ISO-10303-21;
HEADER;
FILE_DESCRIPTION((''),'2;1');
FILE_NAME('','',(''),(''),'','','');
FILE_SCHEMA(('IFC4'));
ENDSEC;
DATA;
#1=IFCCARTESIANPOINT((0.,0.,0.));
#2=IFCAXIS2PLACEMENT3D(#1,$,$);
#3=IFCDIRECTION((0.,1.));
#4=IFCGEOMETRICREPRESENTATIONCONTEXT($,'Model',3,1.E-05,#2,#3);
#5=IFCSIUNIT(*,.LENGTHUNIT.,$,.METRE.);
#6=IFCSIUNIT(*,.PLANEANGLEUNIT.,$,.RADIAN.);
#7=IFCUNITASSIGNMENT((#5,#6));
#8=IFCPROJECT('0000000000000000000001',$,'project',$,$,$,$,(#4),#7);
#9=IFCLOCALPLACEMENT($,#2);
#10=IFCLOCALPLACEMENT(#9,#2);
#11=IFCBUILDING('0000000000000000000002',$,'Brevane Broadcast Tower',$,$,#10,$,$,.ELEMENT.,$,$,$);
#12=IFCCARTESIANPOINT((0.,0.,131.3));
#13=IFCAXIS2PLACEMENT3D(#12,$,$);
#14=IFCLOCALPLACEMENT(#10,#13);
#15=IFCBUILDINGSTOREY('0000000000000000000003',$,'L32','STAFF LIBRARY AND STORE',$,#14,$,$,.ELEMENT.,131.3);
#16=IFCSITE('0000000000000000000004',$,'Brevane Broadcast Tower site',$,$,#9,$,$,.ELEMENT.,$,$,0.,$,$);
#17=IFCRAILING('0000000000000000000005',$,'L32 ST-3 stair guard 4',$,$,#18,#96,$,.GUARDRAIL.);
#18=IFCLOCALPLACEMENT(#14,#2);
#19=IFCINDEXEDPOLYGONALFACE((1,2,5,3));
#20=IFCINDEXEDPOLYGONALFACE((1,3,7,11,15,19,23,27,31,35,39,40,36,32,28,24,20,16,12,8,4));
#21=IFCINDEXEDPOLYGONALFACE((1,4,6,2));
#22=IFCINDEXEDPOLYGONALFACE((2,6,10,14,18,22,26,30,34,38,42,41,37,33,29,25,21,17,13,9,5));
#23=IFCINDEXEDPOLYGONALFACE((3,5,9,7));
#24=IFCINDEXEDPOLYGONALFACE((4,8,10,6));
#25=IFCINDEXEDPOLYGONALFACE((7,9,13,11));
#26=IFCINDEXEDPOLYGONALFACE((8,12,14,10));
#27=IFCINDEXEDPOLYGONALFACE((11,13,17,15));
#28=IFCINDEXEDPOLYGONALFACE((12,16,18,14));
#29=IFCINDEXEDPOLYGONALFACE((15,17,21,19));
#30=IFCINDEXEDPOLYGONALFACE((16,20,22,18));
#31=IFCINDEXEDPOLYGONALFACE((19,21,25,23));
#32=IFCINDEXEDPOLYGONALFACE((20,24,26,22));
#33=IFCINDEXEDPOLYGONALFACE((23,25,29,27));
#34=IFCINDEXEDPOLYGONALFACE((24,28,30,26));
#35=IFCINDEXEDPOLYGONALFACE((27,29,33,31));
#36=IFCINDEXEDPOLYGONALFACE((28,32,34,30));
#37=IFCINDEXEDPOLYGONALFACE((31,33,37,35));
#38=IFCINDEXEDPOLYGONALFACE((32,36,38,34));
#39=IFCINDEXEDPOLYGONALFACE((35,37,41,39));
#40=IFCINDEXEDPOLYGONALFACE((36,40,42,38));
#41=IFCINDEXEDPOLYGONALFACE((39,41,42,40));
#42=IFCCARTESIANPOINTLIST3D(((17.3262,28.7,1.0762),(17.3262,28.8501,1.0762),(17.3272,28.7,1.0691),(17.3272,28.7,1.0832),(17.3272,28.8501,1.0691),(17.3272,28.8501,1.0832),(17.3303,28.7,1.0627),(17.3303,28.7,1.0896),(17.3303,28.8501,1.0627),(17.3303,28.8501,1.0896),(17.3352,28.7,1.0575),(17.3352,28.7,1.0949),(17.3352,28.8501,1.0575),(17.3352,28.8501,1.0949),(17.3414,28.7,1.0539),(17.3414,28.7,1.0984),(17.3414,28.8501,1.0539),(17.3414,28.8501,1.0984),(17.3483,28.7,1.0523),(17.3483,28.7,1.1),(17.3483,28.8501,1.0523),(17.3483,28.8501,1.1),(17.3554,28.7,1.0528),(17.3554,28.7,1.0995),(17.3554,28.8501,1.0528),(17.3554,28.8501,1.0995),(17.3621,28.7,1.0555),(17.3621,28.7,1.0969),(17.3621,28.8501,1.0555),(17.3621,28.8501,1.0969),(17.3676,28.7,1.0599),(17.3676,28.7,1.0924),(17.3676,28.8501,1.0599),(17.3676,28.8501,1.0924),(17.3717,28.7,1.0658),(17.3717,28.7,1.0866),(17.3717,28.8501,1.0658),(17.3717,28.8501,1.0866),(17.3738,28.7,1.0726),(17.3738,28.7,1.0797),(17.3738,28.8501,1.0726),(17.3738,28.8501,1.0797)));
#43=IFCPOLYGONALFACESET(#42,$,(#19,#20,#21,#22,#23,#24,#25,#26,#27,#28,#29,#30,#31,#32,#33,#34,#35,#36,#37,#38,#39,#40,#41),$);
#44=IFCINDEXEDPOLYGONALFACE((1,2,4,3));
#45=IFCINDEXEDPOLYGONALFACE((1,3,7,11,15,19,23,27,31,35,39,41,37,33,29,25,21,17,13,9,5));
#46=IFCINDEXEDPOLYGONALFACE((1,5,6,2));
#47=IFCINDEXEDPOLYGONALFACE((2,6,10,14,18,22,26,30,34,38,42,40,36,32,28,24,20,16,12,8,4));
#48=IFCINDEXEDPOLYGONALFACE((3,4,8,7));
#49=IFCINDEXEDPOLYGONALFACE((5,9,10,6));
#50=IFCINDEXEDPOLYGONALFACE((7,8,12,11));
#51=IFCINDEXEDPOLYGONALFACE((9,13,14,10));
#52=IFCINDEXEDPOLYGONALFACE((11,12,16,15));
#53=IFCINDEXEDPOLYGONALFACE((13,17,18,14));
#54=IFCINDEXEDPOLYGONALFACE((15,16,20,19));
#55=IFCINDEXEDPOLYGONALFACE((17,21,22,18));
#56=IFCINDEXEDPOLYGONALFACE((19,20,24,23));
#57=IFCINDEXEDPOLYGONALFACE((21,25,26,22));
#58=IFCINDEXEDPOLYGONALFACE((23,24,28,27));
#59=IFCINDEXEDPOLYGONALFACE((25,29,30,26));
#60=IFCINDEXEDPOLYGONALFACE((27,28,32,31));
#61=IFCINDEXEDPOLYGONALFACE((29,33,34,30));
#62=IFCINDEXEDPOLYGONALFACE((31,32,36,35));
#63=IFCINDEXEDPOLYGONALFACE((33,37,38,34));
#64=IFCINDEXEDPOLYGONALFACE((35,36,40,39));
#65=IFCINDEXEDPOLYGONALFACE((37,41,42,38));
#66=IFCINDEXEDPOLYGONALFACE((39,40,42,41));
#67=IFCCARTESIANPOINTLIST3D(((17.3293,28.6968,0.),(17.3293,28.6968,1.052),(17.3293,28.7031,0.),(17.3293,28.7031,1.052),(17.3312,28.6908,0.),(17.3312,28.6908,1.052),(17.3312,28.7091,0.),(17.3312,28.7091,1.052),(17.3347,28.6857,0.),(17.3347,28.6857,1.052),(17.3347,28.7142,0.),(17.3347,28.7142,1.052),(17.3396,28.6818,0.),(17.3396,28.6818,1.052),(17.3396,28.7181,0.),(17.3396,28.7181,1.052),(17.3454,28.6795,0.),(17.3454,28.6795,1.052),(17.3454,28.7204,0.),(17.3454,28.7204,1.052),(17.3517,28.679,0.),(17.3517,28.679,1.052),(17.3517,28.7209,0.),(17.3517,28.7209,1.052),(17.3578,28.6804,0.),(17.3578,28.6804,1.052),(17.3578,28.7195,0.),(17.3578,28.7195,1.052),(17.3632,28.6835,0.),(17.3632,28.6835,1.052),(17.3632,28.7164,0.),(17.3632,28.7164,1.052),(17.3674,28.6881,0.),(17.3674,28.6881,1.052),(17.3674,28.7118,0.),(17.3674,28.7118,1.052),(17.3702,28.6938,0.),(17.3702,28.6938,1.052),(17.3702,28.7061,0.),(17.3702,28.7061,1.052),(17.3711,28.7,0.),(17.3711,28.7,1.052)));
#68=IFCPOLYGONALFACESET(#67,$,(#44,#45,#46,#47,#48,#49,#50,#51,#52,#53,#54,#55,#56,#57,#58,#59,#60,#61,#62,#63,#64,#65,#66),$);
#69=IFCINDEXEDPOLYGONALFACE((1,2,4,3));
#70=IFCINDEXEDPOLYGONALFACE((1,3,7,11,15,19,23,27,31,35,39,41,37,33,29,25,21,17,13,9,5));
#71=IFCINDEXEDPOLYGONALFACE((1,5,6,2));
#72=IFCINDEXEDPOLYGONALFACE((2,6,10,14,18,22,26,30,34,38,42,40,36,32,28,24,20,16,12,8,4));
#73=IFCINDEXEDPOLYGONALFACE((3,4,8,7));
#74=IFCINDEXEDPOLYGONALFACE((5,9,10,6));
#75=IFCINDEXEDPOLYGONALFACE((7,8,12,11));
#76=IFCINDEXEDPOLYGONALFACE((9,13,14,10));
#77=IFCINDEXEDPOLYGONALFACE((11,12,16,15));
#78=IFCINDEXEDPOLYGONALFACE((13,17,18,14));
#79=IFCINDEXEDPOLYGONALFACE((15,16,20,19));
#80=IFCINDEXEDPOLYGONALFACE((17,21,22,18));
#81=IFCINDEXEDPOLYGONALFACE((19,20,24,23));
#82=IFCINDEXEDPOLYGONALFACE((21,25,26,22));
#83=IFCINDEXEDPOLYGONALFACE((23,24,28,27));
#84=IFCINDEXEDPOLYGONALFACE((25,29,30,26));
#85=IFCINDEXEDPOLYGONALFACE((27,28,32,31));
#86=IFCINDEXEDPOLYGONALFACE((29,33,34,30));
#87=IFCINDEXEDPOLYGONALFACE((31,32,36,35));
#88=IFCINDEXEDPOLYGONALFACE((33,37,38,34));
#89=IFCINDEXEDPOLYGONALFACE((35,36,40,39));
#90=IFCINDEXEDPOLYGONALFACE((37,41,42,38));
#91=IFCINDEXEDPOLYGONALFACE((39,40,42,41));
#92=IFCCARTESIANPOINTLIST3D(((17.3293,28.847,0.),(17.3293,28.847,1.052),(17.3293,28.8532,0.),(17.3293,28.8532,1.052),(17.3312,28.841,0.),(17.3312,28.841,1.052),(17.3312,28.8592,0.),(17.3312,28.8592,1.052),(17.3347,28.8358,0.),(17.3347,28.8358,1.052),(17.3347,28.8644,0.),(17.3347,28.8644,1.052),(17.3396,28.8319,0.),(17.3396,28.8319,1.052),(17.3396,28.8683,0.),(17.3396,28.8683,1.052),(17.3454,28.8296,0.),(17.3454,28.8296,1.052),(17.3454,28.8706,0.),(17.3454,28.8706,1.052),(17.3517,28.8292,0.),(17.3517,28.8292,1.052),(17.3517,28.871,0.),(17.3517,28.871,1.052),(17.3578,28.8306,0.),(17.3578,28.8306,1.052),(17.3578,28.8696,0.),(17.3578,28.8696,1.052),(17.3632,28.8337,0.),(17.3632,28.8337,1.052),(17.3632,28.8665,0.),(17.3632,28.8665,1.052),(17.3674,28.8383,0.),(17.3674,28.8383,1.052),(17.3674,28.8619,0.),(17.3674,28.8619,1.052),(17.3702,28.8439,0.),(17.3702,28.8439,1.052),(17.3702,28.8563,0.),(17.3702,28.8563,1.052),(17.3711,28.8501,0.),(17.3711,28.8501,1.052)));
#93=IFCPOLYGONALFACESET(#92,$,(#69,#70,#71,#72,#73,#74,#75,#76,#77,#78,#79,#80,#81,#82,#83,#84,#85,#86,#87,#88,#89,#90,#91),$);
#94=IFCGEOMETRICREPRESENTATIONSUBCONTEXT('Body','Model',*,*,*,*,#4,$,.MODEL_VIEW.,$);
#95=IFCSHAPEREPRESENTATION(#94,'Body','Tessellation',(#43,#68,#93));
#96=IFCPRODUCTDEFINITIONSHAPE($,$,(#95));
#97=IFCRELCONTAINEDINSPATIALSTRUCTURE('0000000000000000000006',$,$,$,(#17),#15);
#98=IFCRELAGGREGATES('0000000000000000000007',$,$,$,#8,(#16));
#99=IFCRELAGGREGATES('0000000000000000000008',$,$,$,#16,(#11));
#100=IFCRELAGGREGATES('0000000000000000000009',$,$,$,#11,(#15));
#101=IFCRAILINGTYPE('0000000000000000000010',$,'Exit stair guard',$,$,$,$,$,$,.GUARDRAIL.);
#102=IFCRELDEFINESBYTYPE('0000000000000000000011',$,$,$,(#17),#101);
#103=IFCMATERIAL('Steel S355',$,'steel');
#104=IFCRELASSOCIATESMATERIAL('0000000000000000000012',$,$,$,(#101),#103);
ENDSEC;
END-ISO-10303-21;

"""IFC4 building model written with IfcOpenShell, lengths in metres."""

from ifc_helpers import new_model, si_unit, direction, frame, origin, origin_2d, place, context, subcontext, project, spatial, circle, extrude, material, type_object, element, save


model = new_model("IFC4")

# Units and contexts
model_context = context("Model", 3, precision=1e-05, world=origin(), true_north=direction((0.0, 1.0)))
body_context = subcontext(model_context, "Body", "Model", "MODEL_VIEW")
ifc_project = project(units=[si_unit("LENGTHUNIT", "METRE"), si_unit("PLANEANGLEUNIT", "RADIAN")], contexts=[model_context])

# Site, building, storey
site_placement = place(None, origin())
site = spatial("IfcSite", under=ifc_project, at=site_placement, Name="Brevane Broadcast Tower site", CompositionType="ELEMENT", RefElevation=0.0)
building_placement = place(site_placement, origin())
building = spatial("IfcBuilding", under=site, at=building_placement, Name="Brevane Broadcast Tower", CompositionType="ELEMENT")
storey_placement = place(building_placement, frame((0.0, 0.0, 131.3)))
storey = spatial("IfcBuildingStorey", under=building, at=storey_placement, Name="L32", Description="STAFF LIBRARY AND STORE", CompositionType="ELEMENT", Elevation=131.3)

# Railing
ifc_material_1 = material(Name="Steel S355", Category="steel")
railing_type_1 = type_object("IfcRailingType", Name="Exit stair guard", PredefinedType="GUARDRAIL", material=ifc_material_1)
railing_1_placement = place(storey_placement, frame((17.3501, 28.7, 0.0)))
element("IfcRailing", 1, at=railing_1_placement, inside=storey, type_object=railing_type_1, Name="L32 ST-3 stair guard 4", PredefinedType="GUARDRAIL", context=body_context, shape_type="SweptSolid", body=[
    extrude(circle(Radius=0.0239, at=origin_2d()), frame((0.0, 0.0, 1.0762), z_axis=(0.0, 1.0, 0.0), x_axis=(-1.0, 0.0, 0.0)), (0.0, 0.0, 1.0), 0.1501),
    extrude(circle(Radius=0.021, at=origin_2d()), origin(), (0.0, 0.0, 1.0), 1.052),
    extrude(circle(Radius=0.021, at=origin_2d()), frame((0.0, 0.1501, 0.0)), (0.0, 0.0, 1.0), 1.052),
])

save(model, "model.ifc")
